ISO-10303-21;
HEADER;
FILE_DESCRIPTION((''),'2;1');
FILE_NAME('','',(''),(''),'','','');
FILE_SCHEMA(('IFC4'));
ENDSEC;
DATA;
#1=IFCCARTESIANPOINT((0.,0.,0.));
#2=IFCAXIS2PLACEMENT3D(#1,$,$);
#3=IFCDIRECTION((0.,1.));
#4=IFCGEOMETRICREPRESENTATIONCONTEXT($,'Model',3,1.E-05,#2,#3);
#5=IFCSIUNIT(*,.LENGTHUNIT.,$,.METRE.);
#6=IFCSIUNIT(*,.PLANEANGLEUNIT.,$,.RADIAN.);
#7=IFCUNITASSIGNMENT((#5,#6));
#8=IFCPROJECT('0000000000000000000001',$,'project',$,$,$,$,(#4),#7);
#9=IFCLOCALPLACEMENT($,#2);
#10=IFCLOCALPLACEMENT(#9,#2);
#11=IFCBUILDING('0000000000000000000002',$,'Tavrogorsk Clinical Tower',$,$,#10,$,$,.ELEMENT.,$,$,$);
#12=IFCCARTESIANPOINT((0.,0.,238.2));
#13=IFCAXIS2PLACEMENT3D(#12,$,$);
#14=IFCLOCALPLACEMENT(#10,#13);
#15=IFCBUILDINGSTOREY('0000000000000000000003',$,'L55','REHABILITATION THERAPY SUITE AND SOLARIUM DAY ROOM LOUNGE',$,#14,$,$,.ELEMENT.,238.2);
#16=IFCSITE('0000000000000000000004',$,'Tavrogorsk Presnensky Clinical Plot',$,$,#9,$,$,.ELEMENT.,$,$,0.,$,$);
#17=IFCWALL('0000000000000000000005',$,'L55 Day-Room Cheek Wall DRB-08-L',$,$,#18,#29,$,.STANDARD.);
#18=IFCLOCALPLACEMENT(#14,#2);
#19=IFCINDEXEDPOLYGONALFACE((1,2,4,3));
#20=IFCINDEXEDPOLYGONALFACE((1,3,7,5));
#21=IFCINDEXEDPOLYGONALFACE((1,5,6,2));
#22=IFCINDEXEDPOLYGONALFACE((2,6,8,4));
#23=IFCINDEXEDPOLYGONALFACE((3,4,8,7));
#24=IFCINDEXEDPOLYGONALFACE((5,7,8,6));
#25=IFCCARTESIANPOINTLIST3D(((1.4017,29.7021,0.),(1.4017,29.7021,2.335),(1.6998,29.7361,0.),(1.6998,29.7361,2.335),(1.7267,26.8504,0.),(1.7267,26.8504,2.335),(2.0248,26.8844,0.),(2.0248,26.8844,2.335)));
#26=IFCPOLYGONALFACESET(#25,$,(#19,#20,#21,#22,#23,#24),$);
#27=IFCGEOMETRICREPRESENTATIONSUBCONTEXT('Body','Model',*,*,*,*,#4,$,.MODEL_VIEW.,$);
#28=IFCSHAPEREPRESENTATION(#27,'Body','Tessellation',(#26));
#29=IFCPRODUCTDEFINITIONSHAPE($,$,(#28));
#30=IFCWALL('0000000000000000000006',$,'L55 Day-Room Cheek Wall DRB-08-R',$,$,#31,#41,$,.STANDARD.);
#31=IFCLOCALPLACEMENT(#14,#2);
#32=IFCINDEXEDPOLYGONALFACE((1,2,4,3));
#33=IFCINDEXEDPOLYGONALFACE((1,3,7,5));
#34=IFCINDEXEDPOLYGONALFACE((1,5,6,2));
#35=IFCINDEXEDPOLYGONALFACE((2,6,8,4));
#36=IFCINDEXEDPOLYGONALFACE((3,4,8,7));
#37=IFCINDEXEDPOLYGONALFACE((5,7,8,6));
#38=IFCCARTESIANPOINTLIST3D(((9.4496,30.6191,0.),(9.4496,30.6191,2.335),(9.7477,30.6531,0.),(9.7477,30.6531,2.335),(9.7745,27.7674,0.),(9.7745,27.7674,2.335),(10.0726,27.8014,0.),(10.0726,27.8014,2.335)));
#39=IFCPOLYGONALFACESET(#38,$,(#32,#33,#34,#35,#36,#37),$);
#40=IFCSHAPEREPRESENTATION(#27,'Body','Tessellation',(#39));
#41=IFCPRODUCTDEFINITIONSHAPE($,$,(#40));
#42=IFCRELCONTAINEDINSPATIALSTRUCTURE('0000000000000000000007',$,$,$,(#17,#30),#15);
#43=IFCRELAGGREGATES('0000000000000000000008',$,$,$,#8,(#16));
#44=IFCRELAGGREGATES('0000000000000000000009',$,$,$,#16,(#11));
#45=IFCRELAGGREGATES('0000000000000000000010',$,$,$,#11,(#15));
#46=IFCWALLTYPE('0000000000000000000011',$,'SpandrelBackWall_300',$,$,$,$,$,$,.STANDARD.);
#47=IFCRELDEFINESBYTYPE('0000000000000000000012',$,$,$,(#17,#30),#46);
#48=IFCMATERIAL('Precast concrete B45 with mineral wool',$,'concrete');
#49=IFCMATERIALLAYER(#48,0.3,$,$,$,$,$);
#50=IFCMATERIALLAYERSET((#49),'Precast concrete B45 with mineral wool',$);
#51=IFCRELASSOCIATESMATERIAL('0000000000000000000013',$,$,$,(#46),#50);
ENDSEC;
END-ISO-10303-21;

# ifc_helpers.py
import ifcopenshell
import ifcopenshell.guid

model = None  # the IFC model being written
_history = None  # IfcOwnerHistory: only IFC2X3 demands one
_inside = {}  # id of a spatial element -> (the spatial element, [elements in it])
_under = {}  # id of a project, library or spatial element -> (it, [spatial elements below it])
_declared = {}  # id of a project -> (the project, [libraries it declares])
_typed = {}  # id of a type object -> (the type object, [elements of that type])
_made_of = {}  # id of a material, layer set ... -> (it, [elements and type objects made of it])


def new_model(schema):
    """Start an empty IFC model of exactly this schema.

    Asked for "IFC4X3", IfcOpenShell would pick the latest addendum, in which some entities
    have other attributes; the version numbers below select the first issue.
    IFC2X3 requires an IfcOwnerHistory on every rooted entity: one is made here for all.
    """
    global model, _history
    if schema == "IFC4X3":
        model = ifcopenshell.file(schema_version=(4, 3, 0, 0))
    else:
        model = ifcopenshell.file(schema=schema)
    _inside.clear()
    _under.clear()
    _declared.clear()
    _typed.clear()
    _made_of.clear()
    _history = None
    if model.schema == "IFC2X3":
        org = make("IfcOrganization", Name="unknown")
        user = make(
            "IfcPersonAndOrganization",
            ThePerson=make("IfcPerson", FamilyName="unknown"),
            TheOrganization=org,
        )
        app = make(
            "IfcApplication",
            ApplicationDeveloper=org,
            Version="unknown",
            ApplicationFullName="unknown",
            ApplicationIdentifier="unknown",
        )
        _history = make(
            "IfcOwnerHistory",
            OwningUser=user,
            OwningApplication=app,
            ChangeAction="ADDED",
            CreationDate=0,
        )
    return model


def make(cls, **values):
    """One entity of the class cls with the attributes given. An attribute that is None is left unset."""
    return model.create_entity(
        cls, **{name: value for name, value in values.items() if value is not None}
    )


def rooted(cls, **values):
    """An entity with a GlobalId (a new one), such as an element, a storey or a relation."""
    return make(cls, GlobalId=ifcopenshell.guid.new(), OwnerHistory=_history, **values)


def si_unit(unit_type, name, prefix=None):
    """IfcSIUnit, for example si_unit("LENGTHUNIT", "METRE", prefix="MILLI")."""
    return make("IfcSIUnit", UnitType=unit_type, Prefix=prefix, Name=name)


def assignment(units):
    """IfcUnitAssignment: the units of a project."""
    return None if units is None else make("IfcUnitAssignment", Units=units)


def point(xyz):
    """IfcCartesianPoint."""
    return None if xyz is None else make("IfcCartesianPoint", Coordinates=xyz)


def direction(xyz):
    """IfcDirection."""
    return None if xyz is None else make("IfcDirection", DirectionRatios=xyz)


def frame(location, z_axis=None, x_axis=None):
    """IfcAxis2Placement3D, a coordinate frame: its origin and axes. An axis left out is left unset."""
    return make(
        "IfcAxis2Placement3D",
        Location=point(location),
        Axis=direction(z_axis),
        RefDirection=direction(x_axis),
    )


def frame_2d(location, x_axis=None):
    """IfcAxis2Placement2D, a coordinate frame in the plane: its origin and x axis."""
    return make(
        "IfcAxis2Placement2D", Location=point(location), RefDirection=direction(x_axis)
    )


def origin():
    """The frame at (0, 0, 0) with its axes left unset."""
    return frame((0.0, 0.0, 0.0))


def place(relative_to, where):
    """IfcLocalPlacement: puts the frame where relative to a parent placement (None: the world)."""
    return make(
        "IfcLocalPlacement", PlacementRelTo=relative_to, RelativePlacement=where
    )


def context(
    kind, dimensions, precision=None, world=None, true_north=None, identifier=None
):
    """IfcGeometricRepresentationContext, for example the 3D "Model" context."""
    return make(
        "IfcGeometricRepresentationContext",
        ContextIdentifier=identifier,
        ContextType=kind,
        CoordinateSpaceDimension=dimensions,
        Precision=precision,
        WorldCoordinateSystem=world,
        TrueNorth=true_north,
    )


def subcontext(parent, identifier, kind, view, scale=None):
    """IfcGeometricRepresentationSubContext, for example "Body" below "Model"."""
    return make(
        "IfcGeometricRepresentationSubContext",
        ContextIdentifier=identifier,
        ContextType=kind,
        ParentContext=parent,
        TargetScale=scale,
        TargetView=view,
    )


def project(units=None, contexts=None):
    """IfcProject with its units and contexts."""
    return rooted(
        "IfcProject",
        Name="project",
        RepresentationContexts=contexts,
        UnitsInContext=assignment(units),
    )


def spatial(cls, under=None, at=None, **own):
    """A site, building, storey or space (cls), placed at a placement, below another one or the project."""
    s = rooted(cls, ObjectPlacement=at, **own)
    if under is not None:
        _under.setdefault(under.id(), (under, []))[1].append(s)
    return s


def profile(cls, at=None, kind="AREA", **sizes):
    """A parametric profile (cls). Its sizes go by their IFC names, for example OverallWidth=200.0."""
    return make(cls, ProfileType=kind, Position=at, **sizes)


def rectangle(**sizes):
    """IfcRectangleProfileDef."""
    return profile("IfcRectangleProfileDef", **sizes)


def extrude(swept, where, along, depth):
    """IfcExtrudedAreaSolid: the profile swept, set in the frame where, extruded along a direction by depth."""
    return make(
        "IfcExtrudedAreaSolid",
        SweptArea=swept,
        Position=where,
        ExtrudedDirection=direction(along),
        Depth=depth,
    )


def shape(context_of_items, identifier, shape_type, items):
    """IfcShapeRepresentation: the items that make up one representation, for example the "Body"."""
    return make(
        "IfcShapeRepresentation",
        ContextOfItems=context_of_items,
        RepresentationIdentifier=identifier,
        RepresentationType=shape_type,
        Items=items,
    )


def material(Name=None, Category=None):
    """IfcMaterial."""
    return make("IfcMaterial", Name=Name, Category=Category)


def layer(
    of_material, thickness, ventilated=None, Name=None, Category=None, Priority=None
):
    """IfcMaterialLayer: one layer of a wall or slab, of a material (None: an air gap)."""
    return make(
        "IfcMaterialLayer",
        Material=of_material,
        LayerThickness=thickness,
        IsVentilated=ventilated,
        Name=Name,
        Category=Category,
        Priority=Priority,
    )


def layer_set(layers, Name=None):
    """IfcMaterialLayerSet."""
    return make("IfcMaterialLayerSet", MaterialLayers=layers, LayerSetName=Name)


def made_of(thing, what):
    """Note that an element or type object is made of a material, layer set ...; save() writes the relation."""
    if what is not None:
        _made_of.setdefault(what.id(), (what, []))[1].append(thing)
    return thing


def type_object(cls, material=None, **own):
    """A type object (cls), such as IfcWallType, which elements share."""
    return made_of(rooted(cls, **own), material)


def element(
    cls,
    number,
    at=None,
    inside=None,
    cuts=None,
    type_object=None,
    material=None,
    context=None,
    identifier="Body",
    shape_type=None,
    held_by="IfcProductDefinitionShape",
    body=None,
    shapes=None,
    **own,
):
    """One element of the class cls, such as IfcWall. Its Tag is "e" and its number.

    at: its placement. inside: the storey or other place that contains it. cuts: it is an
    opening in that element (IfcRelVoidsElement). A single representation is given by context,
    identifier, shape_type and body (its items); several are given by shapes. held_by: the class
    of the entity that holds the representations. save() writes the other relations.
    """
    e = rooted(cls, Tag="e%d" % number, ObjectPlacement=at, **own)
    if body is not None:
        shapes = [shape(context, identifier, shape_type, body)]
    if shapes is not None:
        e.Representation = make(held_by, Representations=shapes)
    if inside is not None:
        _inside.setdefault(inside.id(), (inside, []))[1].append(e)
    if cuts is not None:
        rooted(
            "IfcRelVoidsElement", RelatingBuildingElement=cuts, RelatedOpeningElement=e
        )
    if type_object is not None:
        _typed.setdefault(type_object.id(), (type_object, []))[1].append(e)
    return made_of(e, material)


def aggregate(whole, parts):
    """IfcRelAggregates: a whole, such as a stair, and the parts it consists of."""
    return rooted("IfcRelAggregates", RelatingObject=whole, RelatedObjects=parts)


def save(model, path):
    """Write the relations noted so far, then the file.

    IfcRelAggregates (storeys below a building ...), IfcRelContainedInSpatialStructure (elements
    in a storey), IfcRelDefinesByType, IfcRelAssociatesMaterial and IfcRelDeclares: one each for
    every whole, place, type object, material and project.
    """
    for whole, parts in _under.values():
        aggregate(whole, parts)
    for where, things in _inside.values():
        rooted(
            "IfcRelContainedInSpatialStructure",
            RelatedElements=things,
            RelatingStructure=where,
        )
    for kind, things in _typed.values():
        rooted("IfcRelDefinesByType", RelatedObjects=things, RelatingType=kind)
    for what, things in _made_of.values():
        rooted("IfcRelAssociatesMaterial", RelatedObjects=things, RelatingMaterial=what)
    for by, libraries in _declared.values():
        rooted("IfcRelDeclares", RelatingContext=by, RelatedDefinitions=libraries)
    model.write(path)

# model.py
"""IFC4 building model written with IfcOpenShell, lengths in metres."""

from ifc_helpers import new_model, si_unit, direction, frame, frame_2d, origin, place, context, subcontext, project, spatial, rectangle, extrude, material, layer, layer_set, type_object, element, save


model = new_model("IFC4")

# Units and contexts
model_context = context("Model", 3, precision=1e-05, world=origin(), true_north=direction((0.0, 1.0)))
body_context = subcontext(model_context, "Body", "Model", "MODEL_VIEW")
ifc_project = project(units=[si_unit("LENGTHUNIT", "METRE"), si_unit("PLANEANGLEUNIT", "RADIAN")], contexts=[model_context])

# Site, building, storey
site_placement = place(None, origin())
site = spatial("IfcSite", under=ifc_project, at=site_placement, Name="Tavrogorsk Presnensky Clinical Plot", CompositionType="ELEMENT", RefElevation=0.0)
building_placement = place(site_placement, origin())
building = spatial("IfcBuilding", under=site, at=building_placement, Name="Tavrogorsk Clinical Tower", CompositionType="ELEMENT")
storey_placement = place(building_placement, frame((0.0, 0.0, 238.2)))
storey = spatial("IfcBuildingStorey", under=building, at=storey_placement, Name="L55", Description="REHABILITATION THERAPY SUITE AND SOLARIUM DAY ROOM LOUNGE", CompositionType="ELEMENT", Elevation=238.2)

# Walls
ifc_material_1 = material(Name="Precast concrete B45 with mineral wool", Category="concrete")
ifc_layer_1 = layer(ifc_material_1, 0.3)
ifc_layer_set_1 = layer_set([ifc_layer_1], Name="Precast concrete B45 with mineral wool")
wall_type_1 = type_object("IfcWallType", Name="SpandrelBackWall_300", PredefinedType="STANDARD", material=ifc_layer_set_1)
for number, where, z_axis, x_axis, name in (
    (1, (1.8757, 26.8674, 0.0), (0.0, 0.0, 1.0), (-0.113223, 0.99357, 0.0), "L55 Day-Room Cheek Wall DRB-08-L"),
    (2, (9.9236, 27.7844, 0.0), (0.0, 0.0, 1.0), (-0.113223, 0.99357, 0.0), "L55 Day-Room Cheek Wall DRB-08-R"),
):
    element("IfcWall", number, at=place(storey_placement, frame(where, z_axis=z_axis, x_axis=x_axis)), inside=storey, type_object=wall_type_1, Name=name, PredefinedType="STANDARD", context=body_context, shape_type="SweptSolid", body=[
        extrude(rectangle(XDim=2.8701, YDim=0.3, at=frame_2d((1.4351, 0.0))), origin(), (0.0, 0.0, 1.0), 2.335),
    ])

save(model, "model.ifc")
